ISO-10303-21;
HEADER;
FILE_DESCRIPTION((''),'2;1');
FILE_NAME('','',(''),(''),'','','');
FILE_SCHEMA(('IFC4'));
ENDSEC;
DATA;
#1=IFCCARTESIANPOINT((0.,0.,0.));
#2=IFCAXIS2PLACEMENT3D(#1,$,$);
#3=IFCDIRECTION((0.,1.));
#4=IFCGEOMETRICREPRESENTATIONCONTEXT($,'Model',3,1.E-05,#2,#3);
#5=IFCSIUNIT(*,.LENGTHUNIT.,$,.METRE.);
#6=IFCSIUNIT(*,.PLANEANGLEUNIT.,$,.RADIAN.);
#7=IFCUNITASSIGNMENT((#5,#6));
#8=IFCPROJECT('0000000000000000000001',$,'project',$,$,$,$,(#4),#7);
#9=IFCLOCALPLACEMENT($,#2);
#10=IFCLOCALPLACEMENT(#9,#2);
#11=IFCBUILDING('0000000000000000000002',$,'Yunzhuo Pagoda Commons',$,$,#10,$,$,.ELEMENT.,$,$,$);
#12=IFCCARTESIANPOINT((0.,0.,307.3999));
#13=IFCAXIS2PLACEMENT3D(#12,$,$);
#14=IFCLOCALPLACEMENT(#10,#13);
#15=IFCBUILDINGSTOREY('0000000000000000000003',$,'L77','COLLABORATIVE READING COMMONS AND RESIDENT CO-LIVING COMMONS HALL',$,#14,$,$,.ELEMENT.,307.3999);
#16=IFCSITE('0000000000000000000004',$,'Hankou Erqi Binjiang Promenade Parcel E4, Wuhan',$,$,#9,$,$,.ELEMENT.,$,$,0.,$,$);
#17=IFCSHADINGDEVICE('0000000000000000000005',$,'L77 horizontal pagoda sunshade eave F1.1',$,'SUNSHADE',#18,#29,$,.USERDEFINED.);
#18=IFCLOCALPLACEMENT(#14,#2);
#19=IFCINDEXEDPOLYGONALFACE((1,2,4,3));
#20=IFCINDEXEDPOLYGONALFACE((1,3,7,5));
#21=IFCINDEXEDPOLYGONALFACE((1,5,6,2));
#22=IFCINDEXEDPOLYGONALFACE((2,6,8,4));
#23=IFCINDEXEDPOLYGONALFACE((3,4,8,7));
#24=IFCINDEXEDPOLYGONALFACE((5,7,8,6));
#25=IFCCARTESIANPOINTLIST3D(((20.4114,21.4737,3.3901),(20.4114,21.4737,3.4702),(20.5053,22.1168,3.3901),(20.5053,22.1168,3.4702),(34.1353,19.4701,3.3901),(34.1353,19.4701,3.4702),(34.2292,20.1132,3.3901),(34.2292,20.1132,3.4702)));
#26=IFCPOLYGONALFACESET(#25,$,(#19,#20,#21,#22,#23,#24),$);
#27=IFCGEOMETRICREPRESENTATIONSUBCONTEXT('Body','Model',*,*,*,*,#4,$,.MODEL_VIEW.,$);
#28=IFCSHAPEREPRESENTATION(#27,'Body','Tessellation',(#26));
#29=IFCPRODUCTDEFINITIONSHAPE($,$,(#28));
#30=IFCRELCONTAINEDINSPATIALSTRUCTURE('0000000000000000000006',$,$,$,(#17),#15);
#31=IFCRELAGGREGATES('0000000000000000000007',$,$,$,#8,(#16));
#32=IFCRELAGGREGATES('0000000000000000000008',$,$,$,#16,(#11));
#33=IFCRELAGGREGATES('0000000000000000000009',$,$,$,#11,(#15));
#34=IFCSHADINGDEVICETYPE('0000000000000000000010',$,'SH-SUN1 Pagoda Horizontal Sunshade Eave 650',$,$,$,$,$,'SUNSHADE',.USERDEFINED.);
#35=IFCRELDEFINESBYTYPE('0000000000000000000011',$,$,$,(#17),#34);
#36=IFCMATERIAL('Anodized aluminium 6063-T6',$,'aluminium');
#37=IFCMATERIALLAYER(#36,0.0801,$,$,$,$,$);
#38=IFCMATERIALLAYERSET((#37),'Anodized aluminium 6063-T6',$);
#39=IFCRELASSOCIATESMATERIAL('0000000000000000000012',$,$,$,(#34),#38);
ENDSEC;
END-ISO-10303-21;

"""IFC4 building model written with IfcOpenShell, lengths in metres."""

from ifc_helpers import new_model, si_unit, direction, frame, origin, origin_2d, place, context, subcontext, project, spatial, rectangle, extrude, source, transform, mapped, material, layer, layer_set, type_object, element, save


model = new_model("IFC4")

# Units and contexts
model_context = context("Model", 3, precision=1e-05, world=origin(), true_north=direction((0.0, 1.0)))
body_context = subcontext(model_context, "Body", "Model", "MODEL_VIEW")
ifc_project = project(units=[si_unit("LENGTHUNIT", "METRE"), si_unit("PLANEANGLEUNIT", "RADIAN")], contexts=[model_context])

# Site, building, storey
site_placement = place(None, origin())
site = spatial("IfcSite", under=ifc_project, at=site_placement, Name="Hankou Erqi Binjiang Promenade Parcel E4, Wuhan", CompositionType="ELEMENT", RefElevation=0.0)
building_placement = place(site_placement, origin())
building = spatial("IfcBuilding", under=site, at=building_placement, Name="Yunzhuo Pagoda Commons", CompositionType="ELEMENT")
storey_placement = place(building_placement, frame((0.0, 0.0, 307.3999)))
storey = spatial("IfcBuildingStorey", under=building, at=storey_placement, Name="L77", Description="COLLABORATIVE READING COMMONS AND RESIDENT CO-LIVING COMMONS HALL", CompositionType="ELEMENT", Elevation=307.3999)

# Shared definitions
ifc_material_1 = material(Name="Anodized aluminium 6063-T6", Category="aluminium")

# Shading device
ifc_layer_1 = layer(ifc_material_1, 0.0801)
ifc_layer_set_1 = layer_set([ifc_layer_1], Name="Anodized aluminium 6063-T6")
shading_device_type = type_object("IfcShadingDeviceType", Name="SH-SUN1 Pagoda Horizontal Sunshade Eave 650", ElementType="SUNSHADE", PredefinedType="USERDEFINED", material=ifc_layer_set_1)
shared_shape_1 = source(origin(), body_context, "Body", "SweptSolid", [
    extrude(rectangle(XDim=13.8694, YDim=0.6499, at=origin_2d()), origin(), (0.0, 0.0, 1.0), 0.0801),
])
shading_device_placement = place(storey_placement, frame((27.3203, 20.7935, 3.3901), z_axis=(0.0, 0.0, 1.0), x_axis=(0.989511, -0.14446, 0.0)))
element("IfcShadingDevice", 1, at=shading_device_placement, inside=storey, type_object=shading_device_type, Name="L77 horizontal pagoda sunshade eave F1.1", ObjectType="SUNSHADE", PredefinedType="USERDEFINED", context=body_context, shape_type="MappedRepresentation", body=[
    mapped(shared_shape_1, transform((0.0, 0.0, 0.0), scale=1.0)),
])

save(model, "model.ifc")
